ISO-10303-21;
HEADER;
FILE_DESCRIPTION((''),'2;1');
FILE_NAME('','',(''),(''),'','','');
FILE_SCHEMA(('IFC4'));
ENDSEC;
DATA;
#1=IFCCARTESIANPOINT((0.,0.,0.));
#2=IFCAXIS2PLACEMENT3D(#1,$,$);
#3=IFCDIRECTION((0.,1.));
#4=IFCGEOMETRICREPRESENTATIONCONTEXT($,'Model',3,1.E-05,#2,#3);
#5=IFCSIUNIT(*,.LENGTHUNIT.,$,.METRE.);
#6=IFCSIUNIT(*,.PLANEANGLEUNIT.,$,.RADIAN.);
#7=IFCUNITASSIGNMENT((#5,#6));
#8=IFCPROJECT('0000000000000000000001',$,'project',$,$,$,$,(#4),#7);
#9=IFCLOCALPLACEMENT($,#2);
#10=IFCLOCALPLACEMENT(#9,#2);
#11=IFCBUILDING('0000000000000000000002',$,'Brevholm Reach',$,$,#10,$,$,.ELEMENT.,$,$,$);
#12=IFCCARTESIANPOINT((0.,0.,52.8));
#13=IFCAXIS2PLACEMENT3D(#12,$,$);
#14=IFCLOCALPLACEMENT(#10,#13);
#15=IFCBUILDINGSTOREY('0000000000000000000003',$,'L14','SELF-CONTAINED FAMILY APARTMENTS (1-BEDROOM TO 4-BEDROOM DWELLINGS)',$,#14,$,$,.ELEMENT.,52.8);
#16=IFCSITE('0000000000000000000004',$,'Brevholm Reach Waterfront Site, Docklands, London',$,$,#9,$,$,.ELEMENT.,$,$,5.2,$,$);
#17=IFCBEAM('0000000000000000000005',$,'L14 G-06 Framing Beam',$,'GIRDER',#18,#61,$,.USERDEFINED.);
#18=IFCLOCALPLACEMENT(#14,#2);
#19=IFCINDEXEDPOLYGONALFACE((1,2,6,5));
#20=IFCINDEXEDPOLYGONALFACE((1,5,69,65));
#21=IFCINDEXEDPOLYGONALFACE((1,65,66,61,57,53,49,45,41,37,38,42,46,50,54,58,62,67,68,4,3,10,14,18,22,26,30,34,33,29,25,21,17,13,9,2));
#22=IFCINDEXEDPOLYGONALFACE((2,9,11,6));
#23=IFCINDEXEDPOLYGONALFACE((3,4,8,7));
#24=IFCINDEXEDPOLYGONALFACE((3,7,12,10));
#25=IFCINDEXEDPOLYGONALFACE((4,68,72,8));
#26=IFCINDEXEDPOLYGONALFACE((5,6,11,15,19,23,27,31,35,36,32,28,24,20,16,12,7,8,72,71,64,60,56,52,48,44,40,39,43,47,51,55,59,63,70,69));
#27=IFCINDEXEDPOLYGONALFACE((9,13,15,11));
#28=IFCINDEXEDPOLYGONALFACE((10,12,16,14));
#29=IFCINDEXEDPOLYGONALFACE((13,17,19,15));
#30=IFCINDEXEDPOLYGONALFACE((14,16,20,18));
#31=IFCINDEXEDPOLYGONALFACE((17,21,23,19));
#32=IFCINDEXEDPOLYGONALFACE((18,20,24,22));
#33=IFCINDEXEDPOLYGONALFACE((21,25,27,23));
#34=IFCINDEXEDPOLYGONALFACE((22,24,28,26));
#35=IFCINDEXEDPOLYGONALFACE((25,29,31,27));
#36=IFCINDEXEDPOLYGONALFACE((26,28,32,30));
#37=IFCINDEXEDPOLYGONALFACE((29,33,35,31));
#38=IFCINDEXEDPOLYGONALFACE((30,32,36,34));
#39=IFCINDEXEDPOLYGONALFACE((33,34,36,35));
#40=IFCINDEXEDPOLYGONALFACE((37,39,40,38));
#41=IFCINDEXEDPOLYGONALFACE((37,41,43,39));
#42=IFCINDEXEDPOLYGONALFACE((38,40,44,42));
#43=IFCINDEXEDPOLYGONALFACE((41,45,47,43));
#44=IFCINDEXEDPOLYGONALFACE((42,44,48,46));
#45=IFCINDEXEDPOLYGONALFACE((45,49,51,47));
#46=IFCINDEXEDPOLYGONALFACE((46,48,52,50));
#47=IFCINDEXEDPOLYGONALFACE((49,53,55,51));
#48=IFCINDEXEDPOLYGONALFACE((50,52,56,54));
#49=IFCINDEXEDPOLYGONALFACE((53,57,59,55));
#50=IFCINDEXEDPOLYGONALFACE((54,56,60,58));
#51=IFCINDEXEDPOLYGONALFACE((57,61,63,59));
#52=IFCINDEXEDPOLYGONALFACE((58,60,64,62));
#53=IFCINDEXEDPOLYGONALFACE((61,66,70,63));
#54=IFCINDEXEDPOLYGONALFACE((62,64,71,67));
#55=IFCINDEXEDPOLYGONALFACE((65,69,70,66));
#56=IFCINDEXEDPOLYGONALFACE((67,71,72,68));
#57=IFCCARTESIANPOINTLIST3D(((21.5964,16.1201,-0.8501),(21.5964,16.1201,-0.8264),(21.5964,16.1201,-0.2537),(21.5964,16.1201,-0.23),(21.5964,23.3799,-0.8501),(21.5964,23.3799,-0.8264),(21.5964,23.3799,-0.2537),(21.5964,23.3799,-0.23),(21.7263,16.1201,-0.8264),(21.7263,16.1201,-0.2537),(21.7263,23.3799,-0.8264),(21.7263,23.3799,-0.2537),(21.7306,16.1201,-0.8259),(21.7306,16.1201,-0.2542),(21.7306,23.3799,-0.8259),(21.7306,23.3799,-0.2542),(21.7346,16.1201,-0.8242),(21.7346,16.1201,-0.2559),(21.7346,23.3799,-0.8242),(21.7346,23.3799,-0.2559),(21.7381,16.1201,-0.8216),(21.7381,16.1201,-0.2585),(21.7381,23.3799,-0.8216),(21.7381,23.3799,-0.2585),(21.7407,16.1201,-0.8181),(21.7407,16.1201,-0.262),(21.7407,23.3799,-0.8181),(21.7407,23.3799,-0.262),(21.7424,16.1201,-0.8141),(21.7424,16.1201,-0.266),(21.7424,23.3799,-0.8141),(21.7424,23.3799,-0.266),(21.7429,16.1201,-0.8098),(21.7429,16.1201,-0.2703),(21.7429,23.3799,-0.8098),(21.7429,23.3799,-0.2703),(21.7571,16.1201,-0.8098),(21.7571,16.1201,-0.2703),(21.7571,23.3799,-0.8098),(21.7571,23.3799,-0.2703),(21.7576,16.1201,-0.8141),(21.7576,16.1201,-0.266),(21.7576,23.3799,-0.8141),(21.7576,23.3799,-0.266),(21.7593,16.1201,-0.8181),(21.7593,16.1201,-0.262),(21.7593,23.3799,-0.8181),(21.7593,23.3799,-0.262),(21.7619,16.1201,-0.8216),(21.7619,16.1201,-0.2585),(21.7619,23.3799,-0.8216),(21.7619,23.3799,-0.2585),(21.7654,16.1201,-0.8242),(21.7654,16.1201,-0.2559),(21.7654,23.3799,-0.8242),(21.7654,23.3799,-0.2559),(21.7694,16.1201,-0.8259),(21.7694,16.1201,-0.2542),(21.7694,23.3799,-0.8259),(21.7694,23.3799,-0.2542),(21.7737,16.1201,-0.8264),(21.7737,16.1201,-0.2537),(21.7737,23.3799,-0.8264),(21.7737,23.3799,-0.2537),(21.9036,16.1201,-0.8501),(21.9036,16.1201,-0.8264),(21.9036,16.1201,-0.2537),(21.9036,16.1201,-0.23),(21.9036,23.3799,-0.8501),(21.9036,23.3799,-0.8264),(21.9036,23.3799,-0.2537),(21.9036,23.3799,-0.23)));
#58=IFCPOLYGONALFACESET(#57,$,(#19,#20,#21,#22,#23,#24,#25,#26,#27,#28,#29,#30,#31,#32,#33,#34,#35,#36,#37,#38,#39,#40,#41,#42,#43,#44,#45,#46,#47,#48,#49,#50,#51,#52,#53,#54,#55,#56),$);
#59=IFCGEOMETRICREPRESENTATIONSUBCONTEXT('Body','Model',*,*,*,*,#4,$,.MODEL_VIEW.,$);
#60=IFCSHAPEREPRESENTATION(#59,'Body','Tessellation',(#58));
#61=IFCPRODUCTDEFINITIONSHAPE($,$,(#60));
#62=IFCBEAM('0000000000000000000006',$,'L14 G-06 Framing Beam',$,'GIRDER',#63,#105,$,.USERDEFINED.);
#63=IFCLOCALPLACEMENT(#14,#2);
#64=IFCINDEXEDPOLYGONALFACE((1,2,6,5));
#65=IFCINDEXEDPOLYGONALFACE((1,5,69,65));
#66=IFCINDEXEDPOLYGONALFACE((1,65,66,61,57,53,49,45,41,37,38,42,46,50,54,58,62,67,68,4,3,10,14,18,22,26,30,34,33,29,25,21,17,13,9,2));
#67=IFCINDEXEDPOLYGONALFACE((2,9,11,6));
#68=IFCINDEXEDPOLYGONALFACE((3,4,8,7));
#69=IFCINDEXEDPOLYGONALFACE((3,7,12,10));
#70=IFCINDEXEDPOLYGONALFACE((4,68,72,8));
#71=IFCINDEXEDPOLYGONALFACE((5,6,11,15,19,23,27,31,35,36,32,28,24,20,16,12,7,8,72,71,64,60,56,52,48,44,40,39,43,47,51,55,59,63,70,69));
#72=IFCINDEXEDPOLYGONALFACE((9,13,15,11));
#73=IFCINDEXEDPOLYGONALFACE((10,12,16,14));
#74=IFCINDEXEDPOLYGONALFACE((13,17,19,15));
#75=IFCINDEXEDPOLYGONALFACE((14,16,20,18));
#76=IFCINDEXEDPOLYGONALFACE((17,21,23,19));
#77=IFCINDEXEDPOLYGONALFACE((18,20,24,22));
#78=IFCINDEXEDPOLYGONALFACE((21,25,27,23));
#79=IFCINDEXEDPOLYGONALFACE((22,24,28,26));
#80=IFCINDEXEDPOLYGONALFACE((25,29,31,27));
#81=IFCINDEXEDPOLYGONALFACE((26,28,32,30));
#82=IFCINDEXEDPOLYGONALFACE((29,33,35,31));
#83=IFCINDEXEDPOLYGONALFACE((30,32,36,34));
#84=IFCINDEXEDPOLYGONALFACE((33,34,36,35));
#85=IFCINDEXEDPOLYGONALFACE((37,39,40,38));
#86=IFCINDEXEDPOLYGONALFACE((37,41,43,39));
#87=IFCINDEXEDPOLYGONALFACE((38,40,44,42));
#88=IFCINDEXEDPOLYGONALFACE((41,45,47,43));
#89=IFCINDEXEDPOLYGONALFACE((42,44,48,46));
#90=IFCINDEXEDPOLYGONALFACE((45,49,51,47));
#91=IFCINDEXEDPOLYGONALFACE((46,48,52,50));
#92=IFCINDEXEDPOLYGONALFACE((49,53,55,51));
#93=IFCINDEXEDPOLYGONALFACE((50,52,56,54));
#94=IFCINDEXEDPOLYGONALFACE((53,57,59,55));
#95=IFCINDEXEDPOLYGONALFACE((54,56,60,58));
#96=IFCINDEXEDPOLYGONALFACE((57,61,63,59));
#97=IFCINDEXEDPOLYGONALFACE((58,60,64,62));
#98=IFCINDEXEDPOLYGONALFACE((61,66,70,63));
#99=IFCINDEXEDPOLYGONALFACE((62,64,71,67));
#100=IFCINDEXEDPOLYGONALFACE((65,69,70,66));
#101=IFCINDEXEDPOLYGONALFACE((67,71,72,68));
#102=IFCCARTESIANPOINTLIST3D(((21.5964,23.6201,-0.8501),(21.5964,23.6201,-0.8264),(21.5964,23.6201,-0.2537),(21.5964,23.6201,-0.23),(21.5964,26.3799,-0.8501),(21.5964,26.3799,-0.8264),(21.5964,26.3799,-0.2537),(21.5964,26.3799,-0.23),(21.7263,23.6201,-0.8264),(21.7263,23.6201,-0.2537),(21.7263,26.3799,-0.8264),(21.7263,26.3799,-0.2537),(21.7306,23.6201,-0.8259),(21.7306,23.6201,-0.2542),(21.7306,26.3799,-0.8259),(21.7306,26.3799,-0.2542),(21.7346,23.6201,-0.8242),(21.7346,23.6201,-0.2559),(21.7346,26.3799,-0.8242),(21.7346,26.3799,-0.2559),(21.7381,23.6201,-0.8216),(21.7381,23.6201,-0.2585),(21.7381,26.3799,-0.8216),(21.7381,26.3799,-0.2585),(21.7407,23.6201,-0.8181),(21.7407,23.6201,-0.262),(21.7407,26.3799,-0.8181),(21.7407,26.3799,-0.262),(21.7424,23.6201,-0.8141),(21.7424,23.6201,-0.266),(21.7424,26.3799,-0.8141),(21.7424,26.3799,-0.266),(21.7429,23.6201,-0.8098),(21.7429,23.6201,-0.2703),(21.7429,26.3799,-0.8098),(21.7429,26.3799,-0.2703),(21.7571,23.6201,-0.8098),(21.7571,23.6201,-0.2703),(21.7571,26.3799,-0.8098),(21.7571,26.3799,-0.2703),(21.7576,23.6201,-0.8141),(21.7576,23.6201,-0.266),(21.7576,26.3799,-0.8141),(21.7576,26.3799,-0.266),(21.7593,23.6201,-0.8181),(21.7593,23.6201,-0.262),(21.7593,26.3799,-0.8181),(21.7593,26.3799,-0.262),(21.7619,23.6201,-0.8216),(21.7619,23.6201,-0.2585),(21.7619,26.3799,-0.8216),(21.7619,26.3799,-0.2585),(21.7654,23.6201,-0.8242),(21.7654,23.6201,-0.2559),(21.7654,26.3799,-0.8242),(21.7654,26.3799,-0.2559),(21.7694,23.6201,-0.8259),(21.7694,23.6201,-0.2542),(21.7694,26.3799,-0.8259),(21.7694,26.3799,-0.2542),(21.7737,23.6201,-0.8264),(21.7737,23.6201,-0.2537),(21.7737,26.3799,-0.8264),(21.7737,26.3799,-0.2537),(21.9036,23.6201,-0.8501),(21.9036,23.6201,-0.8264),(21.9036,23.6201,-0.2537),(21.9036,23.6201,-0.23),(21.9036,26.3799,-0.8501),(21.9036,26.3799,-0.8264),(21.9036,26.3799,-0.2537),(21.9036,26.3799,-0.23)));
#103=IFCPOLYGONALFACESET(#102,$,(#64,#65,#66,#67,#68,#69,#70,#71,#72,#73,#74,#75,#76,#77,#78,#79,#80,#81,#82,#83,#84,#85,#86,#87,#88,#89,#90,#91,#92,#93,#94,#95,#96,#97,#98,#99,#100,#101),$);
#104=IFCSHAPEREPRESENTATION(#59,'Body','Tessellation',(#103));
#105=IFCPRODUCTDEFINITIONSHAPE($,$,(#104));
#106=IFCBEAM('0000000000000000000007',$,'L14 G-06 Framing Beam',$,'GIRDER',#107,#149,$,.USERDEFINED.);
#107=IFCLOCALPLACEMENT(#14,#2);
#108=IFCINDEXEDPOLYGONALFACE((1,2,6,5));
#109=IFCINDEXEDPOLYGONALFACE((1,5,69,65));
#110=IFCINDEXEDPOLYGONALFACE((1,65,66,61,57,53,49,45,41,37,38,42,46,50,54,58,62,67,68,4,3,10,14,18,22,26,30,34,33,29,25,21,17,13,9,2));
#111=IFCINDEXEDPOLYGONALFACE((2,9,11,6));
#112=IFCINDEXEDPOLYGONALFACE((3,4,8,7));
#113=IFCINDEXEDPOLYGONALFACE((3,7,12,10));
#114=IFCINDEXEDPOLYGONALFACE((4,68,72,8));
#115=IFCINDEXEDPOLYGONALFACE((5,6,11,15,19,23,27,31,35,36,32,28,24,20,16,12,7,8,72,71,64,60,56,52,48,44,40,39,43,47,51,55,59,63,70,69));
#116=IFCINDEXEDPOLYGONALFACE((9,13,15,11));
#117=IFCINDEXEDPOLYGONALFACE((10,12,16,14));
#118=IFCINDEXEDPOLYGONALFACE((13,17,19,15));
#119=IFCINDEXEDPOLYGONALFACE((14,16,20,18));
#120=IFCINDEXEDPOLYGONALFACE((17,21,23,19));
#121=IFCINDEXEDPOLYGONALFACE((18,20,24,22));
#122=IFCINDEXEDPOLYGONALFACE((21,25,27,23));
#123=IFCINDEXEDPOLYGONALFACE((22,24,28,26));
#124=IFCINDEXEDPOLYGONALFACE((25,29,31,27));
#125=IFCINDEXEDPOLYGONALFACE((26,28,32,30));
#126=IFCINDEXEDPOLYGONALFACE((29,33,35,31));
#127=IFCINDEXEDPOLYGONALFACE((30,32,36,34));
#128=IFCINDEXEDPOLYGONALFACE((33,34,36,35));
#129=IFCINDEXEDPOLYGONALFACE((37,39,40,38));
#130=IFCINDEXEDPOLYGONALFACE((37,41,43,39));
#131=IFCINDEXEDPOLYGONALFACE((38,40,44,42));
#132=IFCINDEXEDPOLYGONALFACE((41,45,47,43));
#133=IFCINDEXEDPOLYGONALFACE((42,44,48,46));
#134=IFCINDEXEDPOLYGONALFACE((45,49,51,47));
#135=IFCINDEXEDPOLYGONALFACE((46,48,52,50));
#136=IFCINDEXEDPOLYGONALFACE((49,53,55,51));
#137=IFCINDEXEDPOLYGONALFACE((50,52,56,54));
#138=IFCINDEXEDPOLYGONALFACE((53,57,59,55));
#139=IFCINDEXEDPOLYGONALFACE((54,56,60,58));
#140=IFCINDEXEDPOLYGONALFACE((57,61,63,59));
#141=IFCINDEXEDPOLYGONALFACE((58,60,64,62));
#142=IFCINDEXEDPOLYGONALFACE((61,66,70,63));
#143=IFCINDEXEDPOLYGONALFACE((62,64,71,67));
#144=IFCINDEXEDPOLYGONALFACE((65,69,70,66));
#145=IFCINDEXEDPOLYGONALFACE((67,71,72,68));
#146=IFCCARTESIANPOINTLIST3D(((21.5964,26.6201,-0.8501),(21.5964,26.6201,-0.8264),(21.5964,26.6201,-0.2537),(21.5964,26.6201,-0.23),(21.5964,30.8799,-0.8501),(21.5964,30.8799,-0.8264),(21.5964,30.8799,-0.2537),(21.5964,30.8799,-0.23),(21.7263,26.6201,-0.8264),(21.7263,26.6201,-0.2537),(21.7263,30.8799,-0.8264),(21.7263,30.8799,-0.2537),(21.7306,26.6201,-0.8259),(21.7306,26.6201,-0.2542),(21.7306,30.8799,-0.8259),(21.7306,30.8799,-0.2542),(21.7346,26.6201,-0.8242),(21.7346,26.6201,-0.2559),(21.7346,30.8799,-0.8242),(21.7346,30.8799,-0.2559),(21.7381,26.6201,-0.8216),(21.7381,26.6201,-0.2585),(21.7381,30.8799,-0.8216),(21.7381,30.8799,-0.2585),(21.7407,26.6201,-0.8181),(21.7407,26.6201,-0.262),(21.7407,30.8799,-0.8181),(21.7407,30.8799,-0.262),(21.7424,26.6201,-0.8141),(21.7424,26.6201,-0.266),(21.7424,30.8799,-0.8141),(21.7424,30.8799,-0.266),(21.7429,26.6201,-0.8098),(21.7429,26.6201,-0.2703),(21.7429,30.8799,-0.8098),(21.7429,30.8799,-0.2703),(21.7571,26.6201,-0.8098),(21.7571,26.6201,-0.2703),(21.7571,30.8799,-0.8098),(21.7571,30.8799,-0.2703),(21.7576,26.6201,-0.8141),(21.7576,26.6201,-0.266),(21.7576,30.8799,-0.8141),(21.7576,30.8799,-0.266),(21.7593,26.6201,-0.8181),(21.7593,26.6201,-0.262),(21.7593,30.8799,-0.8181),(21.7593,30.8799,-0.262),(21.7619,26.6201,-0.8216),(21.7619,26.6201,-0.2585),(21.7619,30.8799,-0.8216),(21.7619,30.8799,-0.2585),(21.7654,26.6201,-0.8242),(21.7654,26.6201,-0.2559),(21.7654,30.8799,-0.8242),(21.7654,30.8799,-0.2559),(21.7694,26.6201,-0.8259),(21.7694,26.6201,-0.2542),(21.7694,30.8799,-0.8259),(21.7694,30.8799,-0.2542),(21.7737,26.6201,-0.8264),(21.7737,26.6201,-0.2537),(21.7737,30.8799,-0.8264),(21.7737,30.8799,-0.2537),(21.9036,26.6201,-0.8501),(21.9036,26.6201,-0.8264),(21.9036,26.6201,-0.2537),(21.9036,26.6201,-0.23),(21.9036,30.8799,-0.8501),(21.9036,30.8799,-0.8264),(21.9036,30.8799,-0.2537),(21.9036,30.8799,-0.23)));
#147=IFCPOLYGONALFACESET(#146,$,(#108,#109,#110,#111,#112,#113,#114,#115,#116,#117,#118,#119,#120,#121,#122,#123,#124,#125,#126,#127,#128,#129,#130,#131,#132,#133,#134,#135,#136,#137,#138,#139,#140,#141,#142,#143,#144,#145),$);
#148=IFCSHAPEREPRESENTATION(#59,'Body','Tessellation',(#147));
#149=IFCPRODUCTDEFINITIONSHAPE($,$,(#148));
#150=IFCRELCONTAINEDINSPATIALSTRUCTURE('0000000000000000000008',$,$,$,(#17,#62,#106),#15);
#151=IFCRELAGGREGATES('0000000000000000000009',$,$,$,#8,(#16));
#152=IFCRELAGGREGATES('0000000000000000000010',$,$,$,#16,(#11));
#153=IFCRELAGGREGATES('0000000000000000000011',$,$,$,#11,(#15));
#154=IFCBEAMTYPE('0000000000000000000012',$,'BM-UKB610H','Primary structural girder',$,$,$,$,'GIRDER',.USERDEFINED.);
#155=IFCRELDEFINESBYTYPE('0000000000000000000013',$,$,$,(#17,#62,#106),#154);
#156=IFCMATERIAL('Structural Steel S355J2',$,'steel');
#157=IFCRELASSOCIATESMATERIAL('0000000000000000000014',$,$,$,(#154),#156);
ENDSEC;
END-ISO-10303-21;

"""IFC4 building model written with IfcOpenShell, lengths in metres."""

from ifc_helpers import new_model, si_unit, direction, frame, origin, origin_2d, place, context, subcontext, project, spatial, i_section, extrude, material, material_profile, profile_set, type_object, element, save


model = new_model("IFC4")

# Units and contexts
model_context = context("Model", 3, precision=1e-05, world=origin(), true_north=direction((0.0, 1.0)))
body_context = subcontext(model_context, "Body", "Model", "MODEL_VIEW")
ifc_project = project(units=[si_unit("LENGTHUNIT", "METRE"), si_unit("PLANEANGLEUNIT", "RADIAN")], contexts=[model_context])

# Site, building, storey
site_placement = place(None, origin())
site = spatial("IfcSite", under=ifc_project, at=site_placement, Name="Brevholm Reach Waterfront Site, Docklands, London", CompositionType="ELEMENT", RefElevation=5.2)
building_placement = place(site_placement, origin())
building = spatial("IfcBuilding", under=site, at=building_placement, Name="Brevholm Reach", CompositionType="ELEMENT")
storey_placement = place(building_placement, frame((0.0, 0.0, 52.8)))
storey = spatial("IfcBuildingStorey", under=building, at=storey_placement, Name="L14", Description="SELF-CONTAINED FAMILY APARTMENTS (1-BEDROOM TO 4-BEDROOM DWELLINGS)", CompositionType="ELEMENT", Elevation=52.8)

# Beams
ifc_material_1 = material(Name="Structural Steel S355J2", Category="steel")
ifc_material_profile_1 = material_profile(ifc_material_1, i_section(OverallWidth=0.3071, OverallDepth=0.6201, WebThickness=0.0142, FlangeThickness=0.0237, FilletRadius=0.0166, at=origin_2d()), Name="UKB 610x305x179")
ifc_profile_set_1 = profile_set([ifc_material_profile_1], Name="Structural Steel S355J2")
beam_type_1 = type_object("IfcBeamType", Name="BM-UKB610H", Description="Primary structural girder", ElementType="GIRDER", PredefinedType="USERDEFINED", material=ifc_profile_set_1)
beam_1_placement = place(storey_placement, frame((21.75, 16.1201, -0.54), z_axis=(0.0, 1.0, 0.0), x_axis=(-1.0, 0.0, 0.0)))
element("IfcBeam", 1, at=beam_1_placement, inside=storey, type_object=beam_type_1, Name="L14 G-06 Framing Beam", ObjectType="GIRDER", PredefinedType="USERDEFINED", context=body_context, shape_type="SweptSolid", body=[
    extrude(i_section(OverallWidth=0.3071, OverallDepth=0.6201, WebThickness=0.0142, FlangeThickness=0.0237, FilletRadius=0.0166, at=origin_2d()), origin(), (0.0, 0.0, 1.0), 7.2598),
])
beam_2_placement = place(storey_placement, frame((21.75, 23.6201, -0.54), z_axis=(0.0, 1.0, 0.0), x_axis=(-1.0, 0.0, 0.0)))
element("IfcBeam", 2, at=beam_2_placement, inside=storey, type_object=beam_type_1, Name="L14 G-06 Framing Beam", ObjectType="GIRDER", PredefinedType="USERDEFINED", context=body_context, shape_type="SweptSolid", body=[
    extrude(i_section(OverallWidth=0.3071, OverallDepth=0.6201, WebThickness=0.0142, FlangeThickness=0.0237, FilletRadius=0.0166, at=origin_2d()), origin(), (0.0, 0.0, 1.0), 2.7598),
])
beam_3_placement = place(storey_placement, frame((21.75, 26.6201, -0.54), z_axis=(0.0, 1.0, 0.0), x_axis=(-1.0, 0.0, 0.0)))
element("IfcBeam", 3, at=beam_3_placement, inside=storey, type_object=beam_type_1, Name="L14 G-06 Framing Beam", ObjectType="GIRDER", PredefinedType="USERDEFINED", context=body_context, shape_type="SweptSolid", body=[
    extrude(i_section(OverallWidth=0.3071, OverallDepth=0.6201, WebThickness=0.0142, FlangeThickness=0.0237, FilletRadius=0.0166, at=origin_2d()), origin(), (0.0, 0.0, 1.0), 4.2598),
])

save(model, "model.ifc")
